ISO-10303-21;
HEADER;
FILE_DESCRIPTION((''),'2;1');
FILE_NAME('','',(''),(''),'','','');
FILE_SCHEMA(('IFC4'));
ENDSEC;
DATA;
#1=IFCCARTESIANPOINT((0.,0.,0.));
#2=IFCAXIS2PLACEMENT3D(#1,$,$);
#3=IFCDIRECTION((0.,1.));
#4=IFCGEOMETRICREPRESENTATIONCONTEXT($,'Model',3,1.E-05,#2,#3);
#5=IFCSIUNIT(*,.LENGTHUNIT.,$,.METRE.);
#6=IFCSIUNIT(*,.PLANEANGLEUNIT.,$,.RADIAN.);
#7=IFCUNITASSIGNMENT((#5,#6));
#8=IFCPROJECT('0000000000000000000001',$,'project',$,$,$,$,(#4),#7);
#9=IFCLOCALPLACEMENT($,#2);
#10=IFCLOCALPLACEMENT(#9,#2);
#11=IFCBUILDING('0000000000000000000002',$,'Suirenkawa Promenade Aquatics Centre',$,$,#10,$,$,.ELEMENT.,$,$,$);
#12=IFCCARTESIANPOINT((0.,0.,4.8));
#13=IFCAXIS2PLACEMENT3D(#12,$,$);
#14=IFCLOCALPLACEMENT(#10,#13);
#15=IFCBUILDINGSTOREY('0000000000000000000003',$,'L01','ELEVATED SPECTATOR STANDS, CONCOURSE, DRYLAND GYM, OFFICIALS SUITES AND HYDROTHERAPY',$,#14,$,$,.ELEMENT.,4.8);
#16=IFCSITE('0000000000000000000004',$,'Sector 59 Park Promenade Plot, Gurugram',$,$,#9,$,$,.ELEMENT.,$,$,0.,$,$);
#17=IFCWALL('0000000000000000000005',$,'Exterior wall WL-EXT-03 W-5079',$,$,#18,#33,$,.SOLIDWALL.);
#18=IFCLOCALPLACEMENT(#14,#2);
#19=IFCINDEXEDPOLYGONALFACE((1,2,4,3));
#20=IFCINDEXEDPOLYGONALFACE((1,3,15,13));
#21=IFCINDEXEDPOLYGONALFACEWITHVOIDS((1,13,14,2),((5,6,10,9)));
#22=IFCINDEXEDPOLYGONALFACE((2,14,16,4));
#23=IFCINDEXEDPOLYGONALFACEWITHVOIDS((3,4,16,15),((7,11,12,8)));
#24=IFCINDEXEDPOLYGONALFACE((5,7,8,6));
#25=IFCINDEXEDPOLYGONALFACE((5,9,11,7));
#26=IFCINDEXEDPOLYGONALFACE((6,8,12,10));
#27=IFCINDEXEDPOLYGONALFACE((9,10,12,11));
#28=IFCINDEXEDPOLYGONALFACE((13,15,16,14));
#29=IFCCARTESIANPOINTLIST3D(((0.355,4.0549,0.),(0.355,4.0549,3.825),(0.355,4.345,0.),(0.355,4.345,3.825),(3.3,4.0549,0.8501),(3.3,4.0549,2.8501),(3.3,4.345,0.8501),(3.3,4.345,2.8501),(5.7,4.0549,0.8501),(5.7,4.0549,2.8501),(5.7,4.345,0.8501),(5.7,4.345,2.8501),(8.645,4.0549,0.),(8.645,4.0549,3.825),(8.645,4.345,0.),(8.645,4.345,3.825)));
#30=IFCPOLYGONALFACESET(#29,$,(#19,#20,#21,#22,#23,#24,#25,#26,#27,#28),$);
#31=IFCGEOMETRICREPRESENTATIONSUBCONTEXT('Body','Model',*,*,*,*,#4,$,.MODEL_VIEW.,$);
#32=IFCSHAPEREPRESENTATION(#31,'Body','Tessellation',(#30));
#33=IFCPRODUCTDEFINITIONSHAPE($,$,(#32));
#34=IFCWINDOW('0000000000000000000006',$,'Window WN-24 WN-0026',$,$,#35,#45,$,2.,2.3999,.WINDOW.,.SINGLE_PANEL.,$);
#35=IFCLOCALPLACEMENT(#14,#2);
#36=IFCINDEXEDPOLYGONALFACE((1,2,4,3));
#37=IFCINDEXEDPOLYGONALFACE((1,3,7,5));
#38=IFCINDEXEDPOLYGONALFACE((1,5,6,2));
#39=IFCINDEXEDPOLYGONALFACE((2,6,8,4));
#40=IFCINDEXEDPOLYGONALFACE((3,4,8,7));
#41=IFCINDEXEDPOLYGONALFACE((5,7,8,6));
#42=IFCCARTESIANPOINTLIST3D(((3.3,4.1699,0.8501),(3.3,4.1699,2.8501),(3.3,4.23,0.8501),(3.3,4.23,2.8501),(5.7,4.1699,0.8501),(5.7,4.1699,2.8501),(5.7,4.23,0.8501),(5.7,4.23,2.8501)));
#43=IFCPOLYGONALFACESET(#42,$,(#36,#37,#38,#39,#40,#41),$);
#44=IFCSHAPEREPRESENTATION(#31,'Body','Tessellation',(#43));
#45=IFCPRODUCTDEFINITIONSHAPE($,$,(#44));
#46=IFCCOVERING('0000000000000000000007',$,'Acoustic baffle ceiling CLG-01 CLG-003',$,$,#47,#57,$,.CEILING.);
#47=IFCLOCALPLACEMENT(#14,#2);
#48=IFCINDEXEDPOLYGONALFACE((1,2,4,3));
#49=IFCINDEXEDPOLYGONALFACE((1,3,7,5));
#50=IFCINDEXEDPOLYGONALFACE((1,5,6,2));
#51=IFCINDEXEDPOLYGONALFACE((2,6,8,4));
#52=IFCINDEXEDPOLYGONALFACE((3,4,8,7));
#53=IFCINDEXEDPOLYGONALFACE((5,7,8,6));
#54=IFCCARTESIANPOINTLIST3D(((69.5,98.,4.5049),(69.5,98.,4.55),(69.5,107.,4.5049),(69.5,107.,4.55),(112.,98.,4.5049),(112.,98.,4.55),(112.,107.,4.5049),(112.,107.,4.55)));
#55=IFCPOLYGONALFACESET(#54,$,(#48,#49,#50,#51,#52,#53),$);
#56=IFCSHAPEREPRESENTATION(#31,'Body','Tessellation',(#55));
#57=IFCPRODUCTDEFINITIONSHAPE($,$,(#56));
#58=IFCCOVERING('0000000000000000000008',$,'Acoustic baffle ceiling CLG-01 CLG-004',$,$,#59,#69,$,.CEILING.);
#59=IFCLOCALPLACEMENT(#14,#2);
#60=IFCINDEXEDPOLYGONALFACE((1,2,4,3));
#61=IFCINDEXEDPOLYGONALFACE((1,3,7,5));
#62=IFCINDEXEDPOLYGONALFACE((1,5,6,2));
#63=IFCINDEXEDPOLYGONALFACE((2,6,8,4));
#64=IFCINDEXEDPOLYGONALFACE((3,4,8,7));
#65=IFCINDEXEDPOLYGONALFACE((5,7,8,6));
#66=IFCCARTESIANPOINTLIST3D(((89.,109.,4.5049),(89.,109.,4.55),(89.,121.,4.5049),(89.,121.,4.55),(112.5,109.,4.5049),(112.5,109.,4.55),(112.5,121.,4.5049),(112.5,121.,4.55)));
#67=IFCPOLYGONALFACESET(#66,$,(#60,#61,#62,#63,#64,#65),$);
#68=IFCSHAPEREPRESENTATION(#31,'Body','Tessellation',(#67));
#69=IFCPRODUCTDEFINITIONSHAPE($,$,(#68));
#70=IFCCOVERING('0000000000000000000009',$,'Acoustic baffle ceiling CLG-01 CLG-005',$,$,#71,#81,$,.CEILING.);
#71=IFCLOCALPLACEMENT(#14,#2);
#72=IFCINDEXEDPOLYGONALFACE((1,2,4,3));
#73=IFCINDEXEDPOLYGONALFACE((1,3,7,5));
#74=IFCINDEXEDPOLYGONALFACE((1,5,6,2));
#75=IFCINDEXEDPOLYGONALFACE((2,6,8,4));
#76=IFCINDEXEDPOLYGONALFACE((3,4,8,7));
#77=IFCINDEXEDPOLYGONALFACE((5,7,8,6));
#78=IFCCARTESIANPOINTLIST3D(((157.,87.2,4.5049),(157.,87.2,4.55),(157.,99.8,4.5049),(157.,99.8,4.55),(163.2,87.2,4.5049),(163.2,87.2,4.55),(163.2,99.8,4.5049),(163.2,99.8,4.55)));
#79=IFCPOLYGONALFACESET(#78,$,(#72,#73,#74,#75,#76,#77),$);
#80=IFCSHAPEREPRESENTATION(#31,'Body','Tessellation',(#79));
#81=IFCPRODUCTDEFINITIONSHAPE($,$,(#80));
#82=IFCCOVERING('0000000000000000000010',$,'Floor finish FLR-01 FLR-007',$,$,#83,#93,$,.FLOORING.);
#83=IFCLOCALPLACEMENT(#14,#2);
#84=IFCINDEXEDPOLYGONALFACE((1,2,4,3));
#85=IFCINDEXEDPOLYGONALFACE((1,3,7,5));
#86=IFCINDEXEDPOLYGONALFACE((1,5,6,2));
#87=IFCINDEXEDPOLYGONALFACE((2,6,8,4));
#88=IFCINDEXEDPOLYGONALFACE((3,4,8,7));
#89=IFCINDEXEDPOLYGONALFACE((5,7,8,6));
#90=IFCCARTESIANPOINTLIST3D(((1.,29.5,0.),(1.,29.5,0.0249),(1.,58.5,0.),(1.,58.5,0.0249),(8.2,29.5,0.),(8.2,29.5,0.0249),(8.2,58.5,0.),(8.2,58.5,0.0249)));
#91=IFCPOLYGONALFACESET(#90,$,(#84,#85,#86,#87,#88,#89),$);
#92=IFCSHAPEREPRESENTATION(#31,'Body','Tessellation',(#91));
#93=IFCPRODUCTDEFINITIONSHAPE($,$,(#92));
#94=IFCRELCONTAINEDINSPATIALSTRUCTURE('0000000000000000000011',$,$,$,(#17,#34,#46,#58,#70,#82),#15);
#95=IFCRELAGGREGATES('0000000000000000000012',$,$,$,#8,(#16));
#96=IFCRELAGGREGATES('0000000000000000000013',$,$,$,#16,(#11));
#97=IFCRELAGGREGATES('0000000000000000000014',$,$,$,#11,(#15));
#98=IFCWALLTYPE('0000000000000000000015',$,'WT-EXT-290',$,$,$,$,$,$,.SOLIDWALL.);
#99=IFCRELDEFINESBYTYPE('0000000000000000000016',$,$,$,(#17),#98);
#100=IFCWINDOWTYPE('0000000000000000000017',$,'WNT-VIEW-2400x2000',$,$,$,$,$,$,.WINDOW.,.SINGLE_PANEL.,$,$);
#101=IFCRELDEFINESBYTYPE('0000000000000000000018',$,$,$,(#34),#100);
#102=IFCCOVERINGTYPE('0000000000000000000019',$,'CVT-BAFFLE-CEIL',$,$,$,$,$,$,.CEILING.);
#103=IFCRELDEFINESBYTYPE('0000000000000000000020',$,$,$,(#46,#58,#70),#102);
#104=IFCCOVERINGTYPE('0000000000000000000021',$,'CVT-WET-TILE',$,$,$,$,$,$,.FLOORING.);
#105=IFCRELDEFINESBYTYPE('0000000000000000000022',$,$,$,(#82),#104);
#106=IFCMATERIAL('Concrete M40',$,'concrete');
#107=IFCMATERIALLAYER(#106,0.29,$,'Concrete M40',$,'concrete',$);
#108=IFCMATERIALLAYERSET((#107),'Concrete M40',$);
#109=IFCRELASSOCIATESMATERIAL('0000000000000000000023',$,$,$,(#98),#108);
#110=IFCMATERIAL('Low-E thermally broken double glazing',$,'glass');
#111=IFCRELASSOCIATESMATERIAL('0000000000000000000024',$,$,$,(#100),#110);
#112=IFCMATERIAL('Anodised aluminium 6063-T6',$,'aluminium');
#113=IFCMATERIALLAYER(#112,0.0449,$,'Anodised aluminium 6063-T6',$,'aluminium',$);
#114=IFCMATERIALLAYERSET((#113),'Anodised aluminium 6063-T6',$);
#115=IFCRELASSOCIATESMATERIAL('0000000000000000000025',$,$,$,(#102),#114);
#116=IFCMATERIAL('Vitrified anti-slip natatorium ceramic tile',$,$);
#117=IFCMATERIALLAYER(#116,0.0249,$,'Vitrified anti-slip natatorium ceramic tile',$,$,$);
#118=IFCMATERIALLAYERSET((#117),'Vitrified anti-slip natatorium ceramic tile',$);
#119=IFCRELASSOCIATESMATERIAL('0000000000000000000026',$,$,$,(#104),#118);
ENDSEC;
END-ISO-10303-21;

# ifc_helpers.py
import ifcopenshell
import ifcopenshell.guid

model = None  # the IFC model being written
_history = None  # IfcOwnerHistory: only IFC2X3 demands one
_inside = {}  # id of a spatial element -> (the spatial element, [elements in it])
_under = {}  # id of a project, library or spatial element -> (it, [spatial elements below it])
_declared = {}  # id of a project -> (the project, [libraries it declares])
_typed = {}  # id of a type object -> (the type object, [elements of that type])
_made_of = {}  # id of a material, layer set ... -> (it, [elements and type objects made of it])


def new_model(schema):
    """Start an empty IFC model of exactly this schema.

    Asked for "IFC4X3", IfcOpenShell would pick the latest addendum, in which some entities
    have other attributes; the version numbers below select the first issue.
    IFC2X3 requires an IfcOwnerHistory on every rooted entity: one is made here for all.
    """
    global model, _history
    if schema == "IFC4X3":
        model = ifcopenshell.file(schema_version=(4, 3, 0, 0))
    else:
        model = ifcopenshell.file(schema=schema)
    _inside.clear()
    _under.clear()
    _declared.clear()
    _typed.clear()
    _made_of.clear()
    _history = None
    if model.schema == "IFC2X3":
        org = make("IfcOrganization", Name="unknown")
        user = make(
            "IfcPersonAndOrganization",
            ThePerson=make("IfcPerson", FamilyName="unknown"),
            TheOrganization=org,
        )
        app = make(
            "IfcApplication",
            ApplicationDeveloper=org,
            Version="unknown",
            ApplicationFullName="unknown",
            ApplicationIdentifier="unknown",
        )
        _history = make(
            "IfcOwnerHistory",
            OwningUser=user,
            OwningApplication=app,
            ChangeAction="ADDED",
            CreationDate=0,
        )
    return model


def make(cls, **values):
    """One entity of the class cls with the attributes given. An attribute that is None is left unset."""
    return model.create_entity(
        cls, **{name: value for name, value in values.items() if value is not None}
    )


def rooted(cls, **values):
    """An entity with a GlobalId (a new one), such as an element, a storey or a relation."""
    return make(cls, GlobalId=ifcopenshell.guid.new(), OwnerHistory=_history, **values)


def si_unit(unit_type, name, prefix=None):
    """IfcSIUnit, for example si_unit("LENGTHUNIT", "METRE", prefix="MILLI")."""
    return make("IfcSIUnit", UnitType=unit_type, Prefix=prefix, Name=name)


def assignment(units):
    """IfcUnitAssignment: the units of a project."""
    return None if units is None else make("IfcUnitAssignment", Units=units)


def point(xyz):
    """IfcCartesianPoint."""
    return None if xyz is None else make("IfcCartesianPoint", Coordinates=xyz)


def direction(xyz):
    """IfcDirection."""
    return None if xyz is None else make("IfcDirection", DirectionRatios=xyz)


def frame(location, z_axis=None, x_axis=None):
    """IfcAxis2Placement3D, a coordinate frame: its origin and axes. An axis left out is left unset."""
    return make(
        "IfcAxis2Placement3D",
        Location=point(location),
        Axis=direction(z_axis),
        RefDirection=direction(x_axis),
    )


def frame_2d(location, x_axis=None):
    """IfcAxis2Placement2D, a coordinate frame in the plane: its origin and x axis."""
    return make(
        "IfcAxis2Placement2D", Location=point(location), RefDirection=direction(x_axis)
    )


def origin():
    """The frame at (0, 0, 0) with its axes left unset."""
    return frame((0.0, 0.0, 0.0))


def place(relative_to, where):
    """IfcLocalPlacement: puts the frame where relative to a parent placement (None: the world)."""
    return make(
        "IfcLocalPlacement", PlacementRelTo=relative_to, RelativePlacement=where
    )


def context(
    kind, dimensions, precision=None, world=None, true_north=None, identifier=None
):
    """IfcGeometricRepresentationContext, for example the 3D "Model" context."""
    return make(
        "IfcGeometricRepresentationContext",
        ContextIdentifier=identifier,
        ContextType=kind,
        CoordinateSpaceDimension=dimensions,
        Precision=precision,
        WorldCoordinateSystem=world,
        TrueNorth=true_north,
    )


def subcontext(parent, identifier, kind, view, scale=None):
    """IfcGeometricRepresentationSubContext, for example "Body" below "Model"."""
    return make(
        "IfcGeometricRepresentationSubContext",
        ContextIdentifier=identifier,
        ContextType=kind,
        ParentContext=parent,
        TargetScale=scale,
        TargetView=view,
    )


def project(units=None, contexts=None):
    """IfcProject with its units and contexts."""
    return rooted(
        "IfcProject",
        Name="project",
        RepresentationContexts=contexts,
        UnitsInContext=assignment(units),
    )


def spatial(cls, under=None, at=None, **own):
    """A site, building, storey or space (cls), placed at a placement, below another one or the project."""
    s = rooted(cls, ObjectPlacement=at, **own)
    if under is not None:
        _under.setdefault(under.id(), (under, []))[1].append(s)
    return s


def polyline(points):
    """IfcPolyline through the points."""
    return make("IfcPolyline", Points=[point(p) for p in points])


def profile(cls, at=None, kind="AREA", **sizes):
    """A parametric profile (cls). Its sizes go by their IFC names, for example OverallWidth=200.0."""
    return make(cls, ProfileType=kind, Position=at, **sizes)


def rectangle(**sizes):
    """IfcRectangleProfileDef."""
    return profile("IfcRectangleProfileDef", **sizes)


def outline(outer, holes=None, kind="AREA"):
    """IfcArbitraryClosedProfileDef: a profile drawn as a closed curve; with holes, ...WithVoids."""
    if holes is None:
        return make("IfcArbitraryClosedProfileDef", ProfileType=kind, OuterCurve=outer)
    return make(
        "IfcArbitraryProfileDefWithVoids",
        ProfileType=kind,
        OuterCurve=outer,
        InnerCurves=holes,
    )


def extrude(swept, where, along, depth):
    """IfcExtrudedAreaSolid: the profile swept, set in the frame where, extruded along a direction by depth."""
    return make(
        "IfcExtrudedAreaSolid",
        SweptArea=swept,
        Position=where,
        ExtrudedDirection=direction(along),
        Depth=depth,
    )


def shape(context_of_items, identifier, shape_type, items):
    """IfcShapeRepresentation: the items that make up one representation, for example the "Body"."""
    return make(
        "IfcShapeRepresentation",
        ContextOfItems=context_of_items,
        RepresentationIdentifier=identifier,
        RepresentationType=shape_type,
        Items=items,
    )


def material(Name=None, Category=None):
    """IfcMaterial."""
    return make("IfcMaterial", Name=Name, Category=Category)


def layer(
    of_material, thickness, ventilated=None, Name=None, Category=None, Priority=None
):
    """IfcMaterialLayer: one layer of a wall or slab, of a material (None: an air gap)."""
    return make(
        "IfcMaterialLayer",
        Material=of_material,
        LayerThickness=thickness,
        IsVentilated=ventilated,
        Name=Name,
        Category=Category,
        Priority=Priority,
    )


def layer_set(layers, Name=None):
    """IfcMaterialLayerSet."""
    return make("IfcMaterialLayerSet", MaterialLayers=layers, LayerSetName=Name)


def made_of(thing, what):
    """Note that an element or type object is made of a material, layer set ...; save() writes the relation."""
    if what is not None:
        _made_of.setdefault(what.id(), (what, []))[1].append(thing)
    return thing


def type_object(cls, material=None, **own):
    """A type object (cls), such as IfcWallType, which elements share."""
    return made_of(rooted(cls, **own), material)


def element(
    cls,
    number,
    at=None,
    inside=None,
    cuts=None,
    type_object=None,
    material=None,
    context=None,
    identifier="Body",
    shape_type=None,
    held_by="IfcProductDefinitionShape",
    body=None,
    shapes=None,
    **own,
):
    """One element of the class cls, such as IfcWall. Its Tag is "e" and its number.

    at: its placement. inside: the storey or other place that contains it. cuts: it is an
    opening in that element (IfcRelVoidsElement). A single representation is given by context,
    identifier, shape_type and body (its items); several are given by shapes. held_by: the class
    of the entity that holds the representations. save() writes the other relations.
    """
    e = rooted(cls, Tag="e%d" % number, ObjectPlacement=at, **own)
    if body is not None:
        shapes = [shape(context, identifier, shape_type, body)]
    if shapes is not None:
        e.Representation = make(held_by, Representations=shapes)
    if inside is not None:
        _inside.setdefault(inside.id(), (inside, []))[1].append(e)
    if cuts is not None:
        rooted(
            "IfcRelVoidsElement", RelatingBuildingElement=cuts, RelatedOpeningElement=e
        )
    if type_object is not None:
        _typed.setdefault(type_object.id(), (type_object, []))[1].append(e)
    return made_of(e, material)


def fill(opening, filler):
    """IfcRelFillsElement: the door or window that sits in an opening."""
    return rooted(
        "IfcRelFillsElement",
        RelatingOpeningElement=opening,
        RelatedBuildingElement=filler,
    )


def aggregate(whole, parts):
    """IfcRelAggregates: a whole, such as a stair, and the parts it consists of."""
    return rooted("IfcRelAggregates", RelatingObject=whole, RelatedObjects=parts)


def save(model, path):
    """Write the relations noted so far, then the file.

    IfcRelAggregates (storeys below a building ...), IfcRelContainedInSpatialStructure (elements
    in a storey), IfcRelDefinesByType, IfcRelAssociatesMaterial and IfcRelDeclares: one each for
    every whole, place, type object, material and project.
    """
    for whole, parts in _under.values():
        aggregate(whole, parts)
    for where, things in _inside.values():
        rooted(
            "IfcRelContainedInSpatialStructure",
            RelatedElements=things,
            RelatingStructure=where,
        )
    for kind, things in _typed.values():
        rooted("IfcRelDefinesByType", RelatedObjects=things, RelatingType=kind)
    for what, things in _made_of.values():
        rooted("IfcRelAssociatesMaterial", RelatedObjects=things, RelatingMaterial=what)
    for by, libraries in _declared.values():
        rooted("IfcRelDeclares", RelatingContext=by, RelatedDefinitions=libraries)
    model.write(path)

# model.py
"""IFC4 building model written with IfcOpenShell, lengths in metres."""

from ifc_helpers import new_model, si_unit, direction, frame, frame_2d, origin, place, context, subcontext, project, spatial, polyline, rectangle, outline, extrude, material, layer, layer_set, type_object, element, fill, save


model = new_model("IFC4")

# Units and contexts
model_context = context("Model", 3, precision=1e-05, world=origin(), true_north=direction((0.0, 1.0)))
body_context = subcontext(model_context, "Body", "Model", "MODEL_VIEW")
ifc_project = project(units=[si_unit("LENGTHUNIT", "METRE"), si_unit("PLANEANGLEUNIT", "RADIAN")], contexts=[model_context])

# Site, building, storey
site_placement = place(None, origin())
site = spatial("IfcSite", under=ifc_project, at=site_placement, Name="Sector 59 Park Promenade Plot, Gurugram", CompositionType="ELEMENT", RefElevation=0.0)
building_placement = place(site_placement, origin())
building = spatial("IfcBuilding", under=site, at=building_placement, Name="Suirenkawa Promenade Aquatics Centre", CompositionType="ELEMENT")
storey_placement = place(building_placement, frame((0.0, 0.0, 4.8)))
storey = spatial("IfcBuildingStorey", under=building, at=storey_placement, Name="L01", Description="ELEVATED SPECTATOR STANDS, CONCOURSE, DRYLAND GYM, OFFICIALS SUITES AND HYDROTHERAPY", CompositionType="ELEMENT", Elevation=4.8)

# Shared definitions
ifc_material_1 = material(Name="Concrete M40", Category="concrete")

# Shared definitions
ifc_material_2 = material(Name="Anodised aluminium 6063-T6", Category="aluminium")

# Wall, opening, window
ifc_layer_1 = layer(ifc_material_1, 0.29, Name="Concrete M40", Category="concrete")
ifc_layer_set_1 = layer_set([ifc_layer_1], Name="Concrete M40")
wall_type = type_object("IfcWallType", Name="WT-EXT-290", PredefinedType="SOLIDWALL", material=ifc_layer_set_1)
wall_placement = place(storey_placement, frame((8.645, 4.2, 0.0), z_axis=(0.0, 0.0, 1.0), x_axis=(-1.0, 0.0, 0.0)))
wall = element("IfcWall", 1, at=wall_placement, inside=storey, type_object=wall_type, Name="Exterior wall WL-EXT-03 W-5079", PredefinedType="SOLIDWALL", context=body_context, shape_type="SweptSolid", body=[
    extrude(rectangle(XDim=8.29, YDim=0.29, at=frame_2d((4.145, 0.0))), origin(), (0.0, 0.0, 1.0), 3.825),
])
opening_placement = place(wall_placement, frame((2.9451, 0.0, 0.8501)))
opening = element("IfcOpeningElement", 2, at=opening_placement, cuts=wall, PredefinedType="OPENING", context=body_context, shape_type="SweptSolid", body=[
    extrude(rectangle(XDim=2.3999, YDim=2.0, at=frame_2d((1.2, 1.0))), frame((0.0, 0.155, 0.0), z_axis=(0.0, -1.0, 0.0), x_axis=(1.0, 0.0, 0.0)), (0.0, 0.0, 1.0), 0.3101),
])
ifc_material_3 = material(Name="Low-E thermally broken double glazing", Category="glass")
window_type = type_object("IfcWindowType", Name="WNT-VIEW-2400x2000", PartitioningType="SINGLE_PANEL", PredefinedType="WINDOW", material=ifc_material_3)
window_placement = place(opening_placement, origin())
window = element("IfcWindow", 3, at=window_placement, inside=storey, type_object=window_type, Name="Window WN-24 WN-0026", OverallHeight=2.0, OverallWidth=2.3999, PartitioningType="SINGLE_PANEL", PredefinedType="WINDOW", context=body_context, shape_type="SweptSolid", body=[
    extrude(rectangle(XDim=2.3999, YDim=2.0, at=frame_2d((1.2, 1.0))), frame((0.0, 0.03, 0.0), z_axis=(0.0, -1.0, 0.0), x_axis=(1.0, 0.0, 0.0)), (0.0, 0.0, 1.0), 0.0601),
])
fill(opening, window)

# Coverings
ifc_layer_2 = layer(ifc_material_2, 0.0449, Name="Anodised aluminium 6063-T6", Category="aluminium")
ifc_layer_set_2 = layer_set([ifc_layer_2], Name="Anodised aluminium 6063-T6")
covering_type_1 = type_object("IfcCoveringType", Name="CVT-BAFFLE-CEIL", PredefinedType="CEILING", material=ifc_layer_set_2)
covering_1_placement = place(storey_placement, frame((0.0, 0.0, 4.5049)))
element("IfcCovering", 4, at=covering_1_placement, inside=storey, type_object=covering_type_1, Name="Acoustic baffle ceiling CLG-01 CLG-003", PredefinedType="CEILING", context=body_context, shape_type="SweptSolid", body=[
    extrude(outline(polyline([(69.5, 98.0), (112.0, 98.0), (112.0, 107.0), (69.5, 107.0), (69.5, 98.0)])), origin(), (0.0, 0.0, 1.0), 0.0452),
])
covering_2_placement = place(storey_placement, frame((0.0, 0.0, 4.5049)))
element("IfcCovering", 5, at=covering_2_placement, inside=storey, type_object=covering_type_1, Name="Acoustic baffle ceiling CLG-01 CLG-004", PredefinedType="CEILING", context=body_context, shape_type="SweptSolid", body=[
    extrude(outline(polyline([(89.0, 109.0), (112.5, 109.0), (112.5, 121.0), (89.0, 121.0), (89.0, 109.0)])), origin(), (0.0, 0.0, 1.0), 0.0452),
])
covering_3_placement = place(storey_placement, frame((0.0, 0.0, 4.5049)))
element("IfcCovering", 6, at=covering_3_placement, inside=storey, type_object=covering_type_1, Name="Acoustic baffle ceiling CLG-01 CLG-005", PredefinedType="CEILING", context=body_context, shape_type="SweptSolid", body=[
    extrude(outline(polyline([(157.0, 87.2), (163.2, 87.2), (163.2, 99.8), (157.0, 99.8), (157.0, 87.2)])), origin(), (0.0, 0.0, 1.0), 0.0452),
])
ifc_material_4 = material(Name="Vitrified anti-slip natatorium ceramic tile")
ifc_layer_3 = layer(ifc_material_4, 0.0249, Name="Vitrified anti-slip natatorium ceramic tile")
ifc_layer_set_3 = layer_set([ifc_layer_3], Name="Vitrified anti-slip natatorium ceramic tile")
covering_type_2 = type_object("IfcCoveringType", Name="CVT-WET-TILE", PredefinedType="FLOORING", material=ifc_layer_set_3)
covering_4_placement = place(storey_placement, origin())
element("IfcCovering", 7, at=covering_4_placement, inside=storey, type_object=covering_type_2, Name="Floor finish FLR-01 FLR-007", PredefinedType="FLOORING", context=body_context, shape_type="SweptSolid", body=[
    extrude(outline(polyline([(1.0, 29.5), (8.2, 29.5), (8.2, 58.5), (1.0, 58.5), (1.0, 29.5)])), origin(), (0.0, 0.0, 1.0), 0.0249),
])

save(model, "model.ifc")
